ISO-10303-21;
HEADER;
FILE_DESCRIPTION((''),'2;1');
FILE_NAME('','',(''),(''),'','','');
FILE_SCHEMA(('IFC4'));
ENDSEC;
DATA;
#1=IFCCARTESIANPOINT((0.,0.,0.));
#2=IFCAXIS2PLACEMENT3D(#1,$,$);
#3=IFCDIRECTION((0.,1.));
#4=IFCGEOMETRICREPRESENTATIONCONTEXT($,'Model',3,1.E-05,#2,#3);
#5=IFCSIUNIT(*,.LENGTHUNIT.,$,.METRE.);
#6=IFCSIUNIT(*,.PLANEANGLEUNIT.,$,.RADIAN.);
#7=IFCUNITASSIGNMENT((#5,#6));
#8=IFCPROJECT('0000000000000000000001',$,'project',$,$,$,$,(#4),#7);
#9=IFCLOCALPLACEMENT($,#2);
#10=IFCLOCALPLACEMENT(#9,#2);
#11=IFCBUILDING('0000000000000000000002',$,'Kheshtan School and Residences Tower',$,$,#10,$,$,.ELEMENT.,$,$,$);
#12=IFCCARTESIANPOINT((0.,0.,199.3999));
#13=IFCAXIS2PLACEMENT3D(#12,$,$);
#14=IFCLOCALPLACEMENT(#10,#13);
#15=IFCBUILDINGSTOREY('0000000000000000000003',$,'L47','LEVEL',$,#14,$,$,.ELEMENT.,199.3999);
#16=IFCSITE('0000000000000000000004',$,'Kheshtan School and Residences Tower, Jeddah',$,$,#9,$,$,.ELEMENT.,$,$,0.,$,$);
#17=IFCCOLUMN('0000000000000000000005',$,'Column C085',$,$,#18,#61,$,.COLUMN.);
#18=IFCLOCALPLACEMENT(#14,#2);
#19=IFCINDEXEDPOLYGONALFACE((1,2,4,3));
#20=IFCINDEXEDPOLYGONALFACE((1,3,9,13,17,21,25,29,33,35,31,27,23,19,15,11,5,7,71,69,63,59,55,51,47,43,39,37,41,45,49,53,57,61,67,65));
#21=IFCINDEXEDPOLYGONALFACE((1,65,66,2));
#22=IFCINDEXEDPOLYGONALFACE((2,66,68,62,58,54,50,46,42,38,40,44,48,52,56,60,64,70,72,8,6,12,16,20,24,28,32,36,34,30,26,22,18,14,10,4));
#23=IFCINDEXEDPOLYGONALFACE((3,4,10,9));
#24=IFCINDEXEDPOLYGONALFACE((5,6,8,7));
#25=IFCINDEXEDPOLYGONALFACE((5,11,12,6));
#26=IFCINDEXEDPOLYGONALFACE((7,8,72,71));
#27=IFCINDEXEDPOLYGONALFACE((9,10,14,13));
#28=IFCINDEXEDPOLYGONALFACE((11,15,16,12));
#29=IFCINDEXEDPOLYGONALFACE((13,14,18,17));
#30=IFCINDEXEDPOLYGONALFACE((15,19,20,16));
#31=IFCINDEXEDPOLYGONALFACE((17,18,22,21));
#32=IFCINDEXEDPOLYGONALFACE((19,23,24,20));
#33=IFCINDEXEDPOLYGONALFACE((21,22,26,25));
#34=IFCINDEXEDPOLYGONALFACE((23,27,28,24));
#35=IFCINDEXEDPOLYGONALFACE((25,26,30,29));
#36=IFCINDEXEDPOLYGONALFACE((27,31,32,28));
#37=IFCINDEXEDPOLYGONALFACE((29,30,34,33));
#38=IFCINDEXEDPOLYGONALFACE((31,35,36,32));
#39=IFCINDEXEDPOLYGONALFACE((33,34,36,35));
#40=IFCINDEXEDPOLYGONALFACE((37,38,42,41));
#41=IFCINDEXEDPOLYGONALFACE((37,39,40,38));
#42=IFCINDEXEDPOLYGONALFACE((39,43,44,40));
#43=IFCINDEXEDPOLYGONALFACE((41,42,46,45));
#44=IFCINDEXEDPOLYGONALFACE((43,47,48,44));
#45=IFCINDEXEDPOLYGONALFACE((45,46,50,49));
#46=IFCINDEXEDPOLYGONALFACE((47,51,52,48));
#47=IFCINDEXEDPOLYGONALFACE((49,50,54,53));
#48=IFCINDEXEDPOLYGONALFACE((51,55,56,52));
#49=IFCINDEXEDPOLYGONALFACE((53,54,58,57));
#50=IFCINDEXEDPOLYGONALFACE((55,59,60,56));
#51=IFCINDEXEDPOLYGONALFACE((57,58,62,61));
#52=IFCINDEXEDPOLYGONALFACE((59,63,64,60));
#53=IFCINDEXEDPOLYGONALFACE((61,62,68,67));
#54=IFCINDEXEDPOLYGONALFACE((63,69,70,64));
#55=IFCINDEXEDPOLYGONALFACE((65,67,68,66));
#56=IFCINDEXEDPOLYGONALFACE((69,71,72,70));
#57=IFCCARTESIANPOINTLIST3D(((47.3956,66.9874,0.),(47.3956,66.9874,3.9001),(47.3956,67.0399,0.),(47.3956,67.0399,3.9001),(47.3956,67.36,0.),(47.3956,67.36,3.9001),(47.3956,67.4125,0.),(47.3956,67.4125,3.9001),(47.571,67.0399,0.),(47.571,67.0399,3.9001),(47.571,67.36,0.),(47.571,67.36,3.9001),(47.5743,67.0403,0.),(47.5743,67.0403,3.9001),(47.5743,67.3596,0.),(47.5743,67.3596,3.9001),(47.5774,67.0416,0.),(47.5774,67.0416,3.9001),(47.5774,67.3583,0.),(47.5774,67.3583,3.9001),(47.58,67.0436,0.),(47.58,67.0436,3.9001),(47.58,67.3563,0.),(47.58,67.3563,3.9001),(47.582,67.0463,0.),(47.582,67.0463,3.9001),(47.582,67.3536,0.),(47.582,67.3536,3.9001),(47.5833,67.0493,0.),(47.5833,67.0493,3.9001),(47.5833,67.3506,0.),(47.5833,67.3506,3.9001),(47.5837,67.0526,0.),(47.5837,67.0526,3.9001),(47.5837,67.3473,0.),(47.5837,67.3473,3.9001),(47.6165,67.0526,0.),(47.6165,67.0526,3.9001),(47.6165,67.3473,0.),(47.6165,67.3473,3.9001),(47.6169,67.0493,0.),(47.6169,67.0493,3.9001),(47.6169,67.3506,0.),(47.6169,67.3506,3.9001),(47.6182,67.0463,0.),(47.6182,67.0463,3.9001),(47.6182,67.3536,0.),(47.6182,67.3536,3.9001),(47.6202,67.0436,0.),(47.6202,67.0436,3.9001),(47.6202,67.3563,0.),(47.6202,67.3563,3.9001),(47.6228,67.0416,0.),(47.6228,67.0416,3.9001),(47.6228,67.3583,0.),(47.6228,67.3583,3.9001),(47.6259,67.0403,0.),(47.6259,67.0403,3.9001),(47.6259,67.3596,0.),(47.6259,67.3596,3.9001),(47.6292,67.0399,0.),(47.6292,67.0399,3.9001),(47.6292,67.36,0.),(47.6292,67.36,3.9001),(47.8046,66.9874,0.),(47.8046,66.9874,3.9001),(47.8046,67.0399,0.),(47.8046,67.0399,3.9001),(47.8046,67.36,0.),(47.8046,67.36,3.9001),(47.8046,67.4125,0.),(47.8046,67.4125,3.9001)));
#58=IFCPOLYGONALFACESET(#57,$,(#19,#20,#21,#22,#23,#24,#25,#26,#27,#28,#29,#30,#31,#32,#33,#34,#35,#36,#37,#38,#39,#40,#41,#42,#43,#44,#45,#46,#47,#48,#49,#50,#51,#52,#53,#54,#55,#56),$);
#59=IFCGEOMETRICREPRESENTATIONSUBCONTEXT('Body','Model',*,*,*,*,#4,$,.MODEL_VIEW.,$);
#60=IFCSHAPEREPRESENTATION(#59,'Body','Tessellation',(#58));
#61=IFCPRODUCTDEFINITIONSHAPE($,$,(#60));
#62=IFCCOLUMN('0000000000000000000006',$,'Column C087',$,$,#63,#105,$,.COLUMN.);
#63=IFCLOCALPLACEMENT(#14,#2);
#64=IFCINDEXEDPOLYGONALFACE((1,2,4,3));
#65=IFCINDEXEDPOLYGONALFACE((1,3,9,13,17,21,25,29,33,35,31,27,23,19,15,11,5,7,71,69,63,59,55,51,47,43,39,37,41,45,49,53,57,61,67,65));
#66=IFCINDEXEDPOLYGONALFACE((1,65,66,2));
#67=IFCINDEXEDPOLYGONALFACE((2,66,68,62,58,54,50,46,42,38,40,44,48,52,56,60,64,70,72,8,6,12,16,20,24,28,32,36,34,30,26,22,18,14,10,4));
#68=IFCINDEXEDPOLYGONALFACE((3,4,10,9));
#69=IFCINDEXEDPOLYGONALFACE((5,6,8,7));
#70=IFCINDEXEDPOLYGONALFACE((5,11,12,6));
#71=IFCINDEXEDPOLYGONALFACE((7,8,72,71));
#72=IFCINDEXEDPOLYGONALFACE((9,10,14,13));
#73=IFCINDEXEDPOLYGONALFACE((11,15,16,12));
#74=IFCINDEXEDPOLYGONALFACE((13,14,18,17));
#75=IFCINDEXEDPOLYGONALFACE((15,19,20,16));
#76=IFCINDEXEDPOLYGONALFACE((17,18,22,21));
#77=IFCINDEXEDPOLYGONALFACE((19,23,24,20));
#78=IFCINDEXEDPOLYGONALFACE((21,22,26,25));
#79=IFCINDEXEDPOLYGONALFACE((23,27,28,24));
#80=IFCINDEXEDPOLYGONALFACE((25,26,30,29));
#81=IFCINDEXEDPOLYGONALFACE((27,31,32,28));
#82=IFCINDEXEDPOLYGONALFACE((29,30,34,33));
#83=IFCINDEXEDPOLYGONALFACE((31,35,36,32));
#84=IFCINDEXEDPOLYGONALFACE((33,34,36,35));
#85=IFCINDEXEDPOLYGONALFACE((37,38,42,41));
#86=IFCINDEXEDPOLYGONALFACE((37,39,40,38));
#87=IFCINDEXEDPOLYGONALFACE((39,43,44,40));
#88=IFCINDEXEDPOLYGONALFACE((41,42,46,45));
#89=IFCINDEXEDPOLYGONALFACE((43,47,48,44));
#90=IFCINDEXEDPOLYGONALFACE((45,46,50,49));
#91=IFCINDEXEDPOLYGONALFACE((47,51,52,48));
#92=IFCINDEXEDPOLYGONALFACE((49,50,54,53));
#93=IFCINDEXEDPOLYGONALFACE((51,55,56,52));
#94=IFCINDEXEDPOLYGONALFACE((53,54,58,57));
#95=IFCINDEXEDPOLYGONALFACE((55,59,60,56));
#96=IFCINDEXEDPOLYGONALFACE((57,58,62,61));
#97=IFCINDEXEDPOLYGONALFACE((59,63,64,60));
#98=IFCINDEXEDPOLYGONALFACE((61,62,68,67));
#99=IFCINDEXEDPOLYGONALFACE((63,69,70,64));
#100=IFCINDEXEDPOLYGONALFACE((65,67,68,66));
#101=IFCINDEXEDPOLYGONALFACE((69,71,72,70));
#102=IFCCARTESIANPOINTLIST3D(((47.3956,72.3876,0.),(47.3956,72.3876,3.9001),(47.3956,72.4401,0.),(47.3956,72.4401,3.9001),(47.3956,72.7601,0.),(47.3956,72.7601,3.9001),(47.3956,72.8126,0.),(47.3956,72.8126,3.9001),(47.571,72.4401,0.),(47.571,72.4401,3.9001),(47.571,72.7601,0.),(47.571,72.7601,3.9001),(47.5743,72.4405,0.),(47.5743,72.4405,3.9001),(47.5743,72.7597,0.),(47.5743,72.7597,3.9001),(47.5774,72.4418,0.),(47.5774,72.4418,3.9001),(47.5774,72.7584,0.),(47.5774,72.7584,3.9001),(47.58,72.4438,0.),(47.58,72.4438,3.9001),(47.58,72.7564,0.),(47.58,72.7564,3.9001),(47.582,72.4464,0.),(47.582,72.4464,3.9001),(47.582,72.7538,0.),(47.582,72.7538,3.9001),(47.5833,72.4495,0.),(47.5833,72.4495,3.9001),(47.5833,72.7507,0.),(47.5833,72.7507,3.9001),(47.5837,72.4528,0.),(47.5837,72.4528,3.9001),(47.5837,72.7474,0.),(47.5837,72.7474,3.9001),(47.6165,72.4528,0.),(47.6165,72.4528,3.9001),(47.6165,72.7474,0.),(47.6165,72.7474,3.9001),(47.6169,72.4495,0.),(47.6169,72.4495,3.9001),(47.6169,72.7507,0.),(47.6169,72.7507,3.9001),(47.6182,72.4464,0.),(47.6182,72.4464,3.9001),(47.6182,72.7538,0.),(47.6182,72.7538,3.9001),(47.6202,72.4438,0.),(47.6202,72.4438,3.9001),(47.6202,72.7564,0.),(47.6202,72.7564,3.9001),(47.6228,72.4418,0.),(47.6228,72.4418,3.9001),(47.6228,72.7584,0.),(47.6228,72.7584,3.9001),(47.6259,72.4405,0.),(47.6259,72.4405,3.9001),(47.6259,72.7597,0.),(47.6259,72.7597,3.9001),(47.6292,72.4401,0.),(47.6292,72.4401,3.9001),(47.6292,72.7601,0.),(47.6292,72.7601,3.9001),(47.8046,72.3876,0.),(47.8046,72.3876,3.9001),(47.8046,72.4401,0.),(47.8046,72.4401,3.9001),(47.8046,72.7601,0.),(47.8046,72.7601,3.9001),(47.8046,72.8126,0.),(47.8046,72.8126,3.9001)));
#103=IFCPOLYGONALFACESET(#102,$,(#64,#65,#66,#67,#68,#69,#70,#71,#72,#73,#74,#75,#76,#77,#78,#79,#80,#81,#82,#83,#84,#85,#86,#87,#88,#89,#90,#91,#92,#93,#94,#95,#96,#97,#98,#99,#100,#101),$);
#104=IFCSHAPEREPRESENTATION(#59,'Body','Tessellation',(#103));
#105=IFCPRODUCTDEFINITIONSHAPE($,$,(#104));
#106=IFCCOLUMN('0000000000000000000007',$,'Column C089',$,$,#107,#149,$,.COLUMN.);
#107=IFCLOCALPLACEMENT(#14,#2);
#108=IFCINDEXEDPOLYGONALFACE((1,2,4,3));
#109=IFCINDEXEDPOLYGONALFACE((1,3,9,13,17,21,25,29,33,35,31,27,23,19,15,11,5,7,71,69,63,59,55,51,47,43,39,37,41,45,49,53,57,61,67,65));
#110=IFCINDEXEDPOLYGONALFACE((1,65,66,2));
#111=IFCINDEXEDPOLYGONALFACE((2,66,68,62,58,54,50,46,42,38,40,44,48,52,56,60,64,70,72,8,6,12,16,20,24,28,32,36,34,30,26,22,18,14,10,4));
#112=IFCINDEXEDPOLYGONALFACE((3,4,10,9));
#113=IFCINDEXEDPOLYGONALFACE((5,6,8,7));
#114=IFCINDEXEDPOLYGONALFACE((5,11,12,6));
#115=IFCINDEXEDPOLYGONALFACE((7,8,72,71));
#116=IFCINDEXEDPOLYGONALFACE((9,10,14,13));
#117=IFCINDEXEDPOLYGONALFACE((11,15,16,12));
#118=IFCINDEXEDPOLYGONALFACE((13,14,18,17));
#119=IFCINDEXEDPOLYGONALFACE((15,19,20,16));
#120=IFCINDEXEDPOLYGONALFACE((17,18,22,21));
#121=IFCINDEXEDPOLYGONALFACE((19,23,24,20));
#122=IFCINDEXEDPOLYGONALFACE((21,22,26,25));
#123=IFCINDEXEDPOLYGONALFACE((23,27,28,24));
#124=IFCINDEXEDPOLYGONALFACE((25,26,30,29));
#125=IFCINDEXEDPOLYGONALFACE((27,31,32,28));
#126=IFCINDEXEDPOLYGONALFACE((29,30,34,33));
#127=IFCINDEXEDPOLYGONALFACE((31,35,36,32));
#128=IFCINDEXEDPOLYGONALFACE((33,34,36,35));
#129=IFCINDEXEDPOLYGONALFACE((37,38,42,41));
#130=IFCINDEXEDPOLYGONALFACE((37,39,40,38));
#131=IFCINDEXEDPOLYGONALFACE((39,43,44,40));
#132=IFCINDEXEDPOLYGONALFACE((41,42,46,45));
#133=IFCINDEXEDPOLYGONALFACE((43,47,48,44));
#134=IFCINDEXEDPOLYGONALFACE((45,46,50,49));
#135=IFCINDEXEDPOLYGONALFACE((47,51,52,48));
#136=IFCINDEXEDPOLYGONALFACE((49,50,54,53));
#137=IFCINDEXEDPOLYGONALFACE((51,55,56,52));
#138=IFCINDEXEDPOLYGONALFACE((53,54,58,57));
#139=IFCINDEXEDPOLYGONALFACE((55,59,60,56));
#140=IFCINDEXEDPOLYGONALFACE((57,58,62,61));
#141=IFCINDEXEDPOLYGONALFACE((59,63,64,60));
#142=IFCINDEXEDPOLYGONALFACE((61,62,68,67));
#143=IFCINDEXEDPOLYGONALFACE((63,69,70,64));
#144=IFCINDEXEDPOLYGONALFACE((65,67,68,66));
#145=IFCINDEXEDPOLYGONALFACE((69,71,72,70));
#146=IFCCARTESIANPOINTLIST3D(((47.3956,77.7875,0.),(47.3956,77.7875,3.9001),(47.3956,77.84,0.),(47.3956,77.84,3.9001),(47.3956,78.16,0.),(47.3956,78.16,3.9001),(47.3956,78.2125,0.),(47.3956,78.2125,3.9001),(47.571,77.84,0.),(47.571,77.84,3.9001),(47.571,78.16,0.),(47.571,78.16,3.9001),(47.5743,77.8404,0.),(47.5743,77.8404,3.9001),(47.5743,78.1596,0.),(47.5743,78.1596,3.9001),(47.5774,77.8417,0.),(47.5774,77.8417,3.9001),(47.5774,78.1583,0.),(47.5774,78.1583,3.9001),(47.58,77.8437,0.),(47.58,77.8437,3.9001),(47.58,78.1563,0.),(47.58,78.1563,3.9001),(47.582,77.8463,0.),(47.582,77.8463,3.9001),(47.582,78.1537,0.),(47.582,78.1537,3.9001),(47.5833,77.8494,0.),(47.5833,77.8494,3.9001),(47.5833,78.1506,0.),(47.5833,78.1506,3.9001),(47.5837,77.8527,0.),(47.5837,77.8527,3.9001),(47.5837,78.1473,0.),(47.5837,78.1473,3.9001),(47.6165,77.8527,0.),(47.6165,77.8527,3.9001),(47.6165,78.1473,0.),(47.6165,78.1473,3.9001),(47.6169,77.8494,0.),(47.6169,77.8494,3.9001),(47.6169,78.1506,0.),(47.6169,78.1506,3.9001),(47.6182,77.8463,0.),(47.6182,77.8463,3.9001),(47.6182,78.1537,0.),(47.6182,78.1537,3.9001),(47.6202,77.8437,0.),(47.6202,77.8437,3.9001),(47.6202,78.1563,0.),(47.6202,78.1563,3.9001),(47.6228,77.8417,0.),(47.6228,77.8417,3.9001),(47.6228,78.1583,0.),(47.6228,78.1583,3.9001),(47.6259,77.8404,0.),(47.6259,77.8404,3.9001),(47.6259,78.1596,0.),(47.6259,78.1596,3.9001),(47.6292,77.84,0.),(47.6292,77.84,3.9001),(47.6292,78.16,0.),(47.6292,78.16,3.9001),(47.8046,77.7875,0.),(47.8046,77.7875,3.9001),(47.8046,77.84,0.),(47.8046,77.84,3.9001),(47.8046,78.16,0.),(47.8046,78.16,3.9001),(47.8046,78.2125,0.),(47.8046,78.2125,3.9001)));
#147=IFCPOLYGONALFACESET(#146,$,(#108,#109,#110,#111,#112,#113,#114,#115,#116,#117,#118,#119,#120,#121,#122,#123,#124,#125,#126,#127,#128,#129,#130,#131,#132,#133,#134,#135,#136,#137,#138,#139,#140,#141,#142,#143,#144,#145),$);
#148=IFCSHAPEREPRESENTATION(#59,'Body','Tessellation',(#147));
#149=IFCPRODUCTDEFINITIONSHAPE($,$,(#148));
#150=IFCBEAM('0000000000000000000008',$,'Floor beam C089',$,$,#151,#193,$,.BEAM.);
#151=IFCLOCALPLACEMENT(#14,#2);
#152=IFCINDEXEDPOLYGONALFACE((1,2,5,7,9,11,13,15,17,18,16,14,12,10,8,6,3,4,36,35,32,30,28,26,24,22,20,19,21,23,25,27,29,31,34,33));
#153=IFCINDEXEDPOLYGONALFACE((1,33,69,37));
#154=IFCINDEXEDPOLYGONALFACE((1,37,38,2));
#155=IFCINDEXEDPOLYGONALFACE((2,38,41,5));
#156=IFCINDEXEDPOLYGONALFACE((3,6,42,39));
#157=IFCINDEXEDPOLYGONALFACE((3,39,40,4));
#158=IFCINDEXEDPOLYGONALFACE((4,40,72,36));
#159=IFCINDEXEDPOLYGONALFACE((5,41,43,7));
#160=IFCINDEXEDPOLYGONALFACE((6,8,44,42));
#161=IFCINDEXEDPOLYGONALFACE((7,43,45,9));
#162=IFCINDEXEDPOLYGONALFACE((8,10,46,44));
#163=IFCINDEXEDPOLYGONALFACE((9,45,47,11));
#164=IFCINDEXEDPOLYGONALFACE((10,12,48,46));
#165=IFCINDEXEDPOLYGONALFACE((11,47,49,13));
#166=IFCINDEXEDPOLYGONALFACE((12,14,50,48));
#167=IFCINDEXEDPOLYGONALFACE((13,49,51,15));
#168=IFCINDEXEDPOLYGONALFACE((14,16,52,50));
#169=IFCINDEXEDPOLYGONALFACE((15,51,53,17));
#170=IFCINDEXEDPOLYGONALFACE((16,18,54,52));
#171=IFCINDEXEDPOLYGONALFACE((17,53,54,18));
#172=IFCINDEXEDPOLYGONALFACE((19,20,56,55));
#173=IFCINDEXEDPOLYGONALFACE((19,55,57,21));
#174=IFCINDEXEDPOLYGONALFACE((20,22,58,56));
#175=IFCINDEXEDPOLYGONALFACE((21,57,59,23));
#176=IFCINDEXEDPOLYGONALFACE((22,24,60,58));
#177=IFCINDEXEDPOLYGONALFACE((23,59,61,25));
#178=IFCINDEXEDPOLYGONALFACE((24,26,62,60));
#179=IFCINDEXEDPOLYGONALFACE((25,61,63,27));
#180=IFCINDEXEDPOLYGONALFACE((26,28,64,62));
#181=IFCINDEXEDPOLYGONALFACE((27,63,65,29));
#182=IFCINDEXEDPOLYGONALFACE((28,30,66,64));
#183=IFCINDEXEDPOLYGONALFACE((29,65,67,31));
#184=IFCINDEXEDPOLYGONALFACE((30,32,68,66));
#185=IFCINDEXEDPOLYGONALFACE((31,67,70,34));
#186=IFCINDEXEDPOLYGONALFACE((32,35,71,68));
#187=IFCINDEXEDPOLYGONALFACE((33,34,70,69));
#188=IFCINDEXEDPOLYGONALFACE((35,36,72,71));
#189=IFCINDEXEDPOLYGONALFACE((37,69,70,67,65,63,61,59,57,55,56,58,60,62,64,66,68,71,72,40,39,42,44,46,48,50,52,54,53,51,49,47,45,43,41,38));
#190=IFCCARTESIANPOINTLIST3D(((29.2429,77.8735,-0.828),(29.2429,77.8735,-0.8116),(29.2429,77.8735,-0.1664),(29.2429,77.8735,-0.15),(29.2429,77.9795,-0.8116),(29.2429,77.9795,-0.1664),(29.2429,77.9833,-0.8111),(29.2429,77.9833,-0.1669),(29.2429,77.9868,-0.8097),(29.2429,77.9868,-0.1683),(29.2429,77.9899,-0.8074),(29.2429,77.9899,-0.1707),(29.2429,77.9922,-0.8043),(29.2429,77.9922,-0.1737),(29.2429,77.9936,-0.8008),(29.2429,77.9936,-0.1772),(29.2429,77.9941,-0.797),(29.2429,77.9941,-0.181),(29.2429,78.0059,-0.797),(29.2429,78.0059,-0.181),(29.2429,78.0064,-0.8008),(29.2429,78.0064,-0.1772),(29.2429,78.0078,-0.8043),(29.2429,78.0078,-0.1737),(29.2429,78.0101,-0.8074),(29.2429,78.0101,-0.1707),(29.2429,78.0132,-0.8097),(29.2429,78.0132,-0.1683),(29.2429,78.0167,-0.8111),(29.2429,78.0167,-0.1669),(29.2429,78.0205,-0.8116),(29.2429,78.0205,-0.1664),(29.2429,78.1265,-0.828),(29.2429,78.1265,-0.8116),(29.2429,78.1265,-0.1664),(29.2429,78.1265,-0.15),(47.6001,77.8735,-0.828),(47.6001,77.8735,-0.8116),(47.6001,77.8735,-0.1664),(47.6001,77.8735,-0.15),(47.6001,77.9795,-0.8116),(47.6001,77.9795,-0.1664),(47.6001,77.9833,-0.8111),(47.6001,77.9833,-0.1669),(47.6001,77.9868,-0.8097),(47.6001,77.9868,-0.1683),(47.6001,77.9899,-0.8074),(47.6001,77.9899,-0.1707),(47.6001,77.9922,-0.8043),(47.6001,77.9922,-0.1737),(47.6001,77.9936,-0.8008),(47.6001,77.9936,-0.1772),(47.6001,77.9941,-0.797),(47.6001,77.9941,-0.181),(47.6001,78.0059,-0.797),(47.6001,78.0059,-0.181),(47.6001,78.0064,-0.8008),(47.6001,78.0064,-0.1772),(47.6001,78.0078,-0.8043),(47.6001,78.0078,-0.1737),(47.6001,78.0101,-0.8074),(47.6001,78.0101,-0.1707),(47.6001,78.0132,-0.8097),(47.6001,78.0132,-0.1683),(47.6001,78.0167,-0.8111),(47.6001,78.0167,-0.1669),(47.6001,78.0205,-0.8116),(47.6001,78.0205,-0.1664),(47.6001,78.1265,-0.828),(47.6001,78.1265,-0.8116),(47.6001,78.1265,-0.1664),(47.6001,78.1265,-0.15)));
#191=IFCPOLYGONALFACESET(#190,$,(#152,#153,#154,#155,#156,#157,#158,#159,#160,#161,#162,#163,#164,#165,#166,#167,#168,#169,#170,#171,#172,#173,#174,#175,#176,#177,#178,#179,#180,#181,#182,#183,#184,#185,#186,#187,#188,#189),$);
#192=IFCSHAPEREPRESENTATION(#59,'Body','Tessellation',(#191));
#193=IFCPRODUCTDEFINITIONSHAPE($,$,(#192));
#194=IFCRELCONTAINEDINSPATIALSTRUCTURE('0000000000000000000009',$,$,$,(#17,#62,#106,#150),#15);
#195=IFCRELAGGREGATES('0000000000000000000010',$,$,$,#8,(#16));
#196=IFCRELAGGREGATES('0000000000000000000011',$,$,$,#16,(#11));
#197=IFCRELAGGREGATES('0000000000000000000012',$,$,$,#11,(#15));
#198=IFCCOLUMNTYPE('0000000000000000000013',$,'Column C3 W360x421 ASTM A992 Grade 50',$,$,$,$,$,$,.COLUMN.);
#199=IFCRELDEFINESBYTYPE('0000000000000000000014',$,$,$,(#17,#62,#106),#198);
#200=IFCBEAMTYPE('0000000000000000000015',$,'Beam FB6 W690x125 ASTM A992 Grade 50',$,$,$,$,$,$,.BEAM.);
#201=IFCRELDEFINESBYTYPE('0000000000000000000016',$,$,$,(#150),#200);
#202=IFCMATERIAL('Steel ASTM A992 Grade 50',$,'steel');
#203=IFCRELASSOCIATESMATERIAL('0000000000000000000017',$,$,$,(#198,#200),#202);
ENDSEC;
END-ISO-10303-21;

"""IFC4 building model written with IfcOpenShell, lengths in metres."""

from ifc_helpers import new_model, si_unit, direction, frame, origin, origin_2d, place, context, subcontext, project, spatial, i_section, extrude, material, material_profile, profile_set, type_object, element, save


model = new_model("IFC4")

# Units and contexts
model_context = context("Model", 3, precision=1e-05, world=origin(), true_north=direction((0.0, 1.0)))
body_context = subcontext(model_context, "Body", "Model", "MODEL_VIEW")
ifc_project = project(units=[si_unit("LENGTHUNIT", "METRE"), si_unit("PLANEANGLEUNIT", "RADIAN")], contexts=[model_context])

# Site, building, storey
site_placement = place(None, origin())
site = spatial("IfcSite", under=ifc_project, at=site_placement, Name="Kheshtan School and Residences Tower, Jeddah", CompositionType="ELEMENT", RefElevation=0.0)
building_placement = place(site_placement, origin())
building = spatial("IfcBuilding", under=site, at=building_placement, Name="Kheshtan School and Residences Tower", CompositionType="ELEMENT")
storey_placement = place(building_placement, frame((0.0, 0.0, 199.3999)))
storey = spatial("IfcBuildingStorey", under=building, at=storey_placement, Name="L47", Description="LEVEL", CompositionType="ELEMENT", Elevation=199.3999)

# Columns
ifc_material_1 = material(Name="Steel ASTM A992 Grade 50", Category="steel")
ifc_material_profile_1 = material_profile(ifc_material_1, i_section(OverallWidth=0.4089, OverallDepth=0.425, WebThickness=0.0327, FlangeThickness=0.0525, FilletRadius=0.0127, at=origin_2d()), Name="W360x421")
ifc_profile_set_1 = profile_set([ifc_material_profile_1], Name="Steel ASTM A992 Grade 50")
column_type = type_object("IfcColumnType", Name="Column C3 W360x421 ASTM A992 Grade 50", PredefinedType="COLUMN", material=ifc_profile_set_1)
for number, where, z_axis, x_axis, name in (
    (1, (47.6001, 67.2, 0.0), (0.0, 0.0, 1.0), (1.0, 0.0, 0.0), "Column C085"),
    (2, (47.6001, 72.6001, 0.0), (0.0, 0.0, 1.0), (1.0, 0.0, 0.0), "Column C087"),
    (3, (47.6001, 78.0, 0.0), (0.0, 0.0, 1.0), (1.0, 0.0, 0.0), "Column C089"),
):
    element("IfcColumn", number, at=place(storey_placement, frame(where, z_axis=z_axis, x_axis=x_axis)), inside=storey, type_object=column_type, Name=name, PredefinedType="COLUMN", context=body_context, shape_type="SweptSolid", body=[
        extrude(i_section(OverallWidth=0.4089, OverallDepth=0.425, WebThickness=0.0327, FlangeThickness=0.0525, FilletRadius=0.0127, at=origin_2d()), origin(), (0.0, 0.0, 1.0), 3.9001),
    ])

# Beam
ifc_material_profile_2 = material_profile(ifc_material_1, i_section(OverallWidth=0.2529, OverallDepth=0.678, WebThickness=0.0117, FlangeThickness=0.0164, FilletRadius=0.0146, at=origin_2d()), Name="W690x125")
ifc_profile_set_2 = profile_set([ifc_material_profile_2], Name="Steel ASTM A992 Grade 50")
beam_type_1 = type_object("IfcBeamType", Name="Beam FB6 W690x125 ASTM A992 Grade 50", PredefinedType="BEAM", material=ifc_profile_set_2)
beam_1_placement = place(storey_placement, frame((47.6001, 78.0, -0.489), z_axis=(-1.0, 0.0, 0.0), x_axis=(0.0, -1.0, 0.0)))
element("IfcBeam", 4, at=beam_1_placement, inside=storey, type_object=beam_type_1, Name="Floor beam C089", PredefinedType="BEAM", context=body_context, shape_type="SweptSolid", body=[
    extrude(i_section(OverallWidth=0.2529, OverallDepth=0.678, WebThickness=0.0117, FlangeThickness=0.0164, FilletRadius=0.0146, at=origin_2d()), origin(), (0.0, 0.0, 1.0), 18.3572),
])

save(model, "model.ifc")
